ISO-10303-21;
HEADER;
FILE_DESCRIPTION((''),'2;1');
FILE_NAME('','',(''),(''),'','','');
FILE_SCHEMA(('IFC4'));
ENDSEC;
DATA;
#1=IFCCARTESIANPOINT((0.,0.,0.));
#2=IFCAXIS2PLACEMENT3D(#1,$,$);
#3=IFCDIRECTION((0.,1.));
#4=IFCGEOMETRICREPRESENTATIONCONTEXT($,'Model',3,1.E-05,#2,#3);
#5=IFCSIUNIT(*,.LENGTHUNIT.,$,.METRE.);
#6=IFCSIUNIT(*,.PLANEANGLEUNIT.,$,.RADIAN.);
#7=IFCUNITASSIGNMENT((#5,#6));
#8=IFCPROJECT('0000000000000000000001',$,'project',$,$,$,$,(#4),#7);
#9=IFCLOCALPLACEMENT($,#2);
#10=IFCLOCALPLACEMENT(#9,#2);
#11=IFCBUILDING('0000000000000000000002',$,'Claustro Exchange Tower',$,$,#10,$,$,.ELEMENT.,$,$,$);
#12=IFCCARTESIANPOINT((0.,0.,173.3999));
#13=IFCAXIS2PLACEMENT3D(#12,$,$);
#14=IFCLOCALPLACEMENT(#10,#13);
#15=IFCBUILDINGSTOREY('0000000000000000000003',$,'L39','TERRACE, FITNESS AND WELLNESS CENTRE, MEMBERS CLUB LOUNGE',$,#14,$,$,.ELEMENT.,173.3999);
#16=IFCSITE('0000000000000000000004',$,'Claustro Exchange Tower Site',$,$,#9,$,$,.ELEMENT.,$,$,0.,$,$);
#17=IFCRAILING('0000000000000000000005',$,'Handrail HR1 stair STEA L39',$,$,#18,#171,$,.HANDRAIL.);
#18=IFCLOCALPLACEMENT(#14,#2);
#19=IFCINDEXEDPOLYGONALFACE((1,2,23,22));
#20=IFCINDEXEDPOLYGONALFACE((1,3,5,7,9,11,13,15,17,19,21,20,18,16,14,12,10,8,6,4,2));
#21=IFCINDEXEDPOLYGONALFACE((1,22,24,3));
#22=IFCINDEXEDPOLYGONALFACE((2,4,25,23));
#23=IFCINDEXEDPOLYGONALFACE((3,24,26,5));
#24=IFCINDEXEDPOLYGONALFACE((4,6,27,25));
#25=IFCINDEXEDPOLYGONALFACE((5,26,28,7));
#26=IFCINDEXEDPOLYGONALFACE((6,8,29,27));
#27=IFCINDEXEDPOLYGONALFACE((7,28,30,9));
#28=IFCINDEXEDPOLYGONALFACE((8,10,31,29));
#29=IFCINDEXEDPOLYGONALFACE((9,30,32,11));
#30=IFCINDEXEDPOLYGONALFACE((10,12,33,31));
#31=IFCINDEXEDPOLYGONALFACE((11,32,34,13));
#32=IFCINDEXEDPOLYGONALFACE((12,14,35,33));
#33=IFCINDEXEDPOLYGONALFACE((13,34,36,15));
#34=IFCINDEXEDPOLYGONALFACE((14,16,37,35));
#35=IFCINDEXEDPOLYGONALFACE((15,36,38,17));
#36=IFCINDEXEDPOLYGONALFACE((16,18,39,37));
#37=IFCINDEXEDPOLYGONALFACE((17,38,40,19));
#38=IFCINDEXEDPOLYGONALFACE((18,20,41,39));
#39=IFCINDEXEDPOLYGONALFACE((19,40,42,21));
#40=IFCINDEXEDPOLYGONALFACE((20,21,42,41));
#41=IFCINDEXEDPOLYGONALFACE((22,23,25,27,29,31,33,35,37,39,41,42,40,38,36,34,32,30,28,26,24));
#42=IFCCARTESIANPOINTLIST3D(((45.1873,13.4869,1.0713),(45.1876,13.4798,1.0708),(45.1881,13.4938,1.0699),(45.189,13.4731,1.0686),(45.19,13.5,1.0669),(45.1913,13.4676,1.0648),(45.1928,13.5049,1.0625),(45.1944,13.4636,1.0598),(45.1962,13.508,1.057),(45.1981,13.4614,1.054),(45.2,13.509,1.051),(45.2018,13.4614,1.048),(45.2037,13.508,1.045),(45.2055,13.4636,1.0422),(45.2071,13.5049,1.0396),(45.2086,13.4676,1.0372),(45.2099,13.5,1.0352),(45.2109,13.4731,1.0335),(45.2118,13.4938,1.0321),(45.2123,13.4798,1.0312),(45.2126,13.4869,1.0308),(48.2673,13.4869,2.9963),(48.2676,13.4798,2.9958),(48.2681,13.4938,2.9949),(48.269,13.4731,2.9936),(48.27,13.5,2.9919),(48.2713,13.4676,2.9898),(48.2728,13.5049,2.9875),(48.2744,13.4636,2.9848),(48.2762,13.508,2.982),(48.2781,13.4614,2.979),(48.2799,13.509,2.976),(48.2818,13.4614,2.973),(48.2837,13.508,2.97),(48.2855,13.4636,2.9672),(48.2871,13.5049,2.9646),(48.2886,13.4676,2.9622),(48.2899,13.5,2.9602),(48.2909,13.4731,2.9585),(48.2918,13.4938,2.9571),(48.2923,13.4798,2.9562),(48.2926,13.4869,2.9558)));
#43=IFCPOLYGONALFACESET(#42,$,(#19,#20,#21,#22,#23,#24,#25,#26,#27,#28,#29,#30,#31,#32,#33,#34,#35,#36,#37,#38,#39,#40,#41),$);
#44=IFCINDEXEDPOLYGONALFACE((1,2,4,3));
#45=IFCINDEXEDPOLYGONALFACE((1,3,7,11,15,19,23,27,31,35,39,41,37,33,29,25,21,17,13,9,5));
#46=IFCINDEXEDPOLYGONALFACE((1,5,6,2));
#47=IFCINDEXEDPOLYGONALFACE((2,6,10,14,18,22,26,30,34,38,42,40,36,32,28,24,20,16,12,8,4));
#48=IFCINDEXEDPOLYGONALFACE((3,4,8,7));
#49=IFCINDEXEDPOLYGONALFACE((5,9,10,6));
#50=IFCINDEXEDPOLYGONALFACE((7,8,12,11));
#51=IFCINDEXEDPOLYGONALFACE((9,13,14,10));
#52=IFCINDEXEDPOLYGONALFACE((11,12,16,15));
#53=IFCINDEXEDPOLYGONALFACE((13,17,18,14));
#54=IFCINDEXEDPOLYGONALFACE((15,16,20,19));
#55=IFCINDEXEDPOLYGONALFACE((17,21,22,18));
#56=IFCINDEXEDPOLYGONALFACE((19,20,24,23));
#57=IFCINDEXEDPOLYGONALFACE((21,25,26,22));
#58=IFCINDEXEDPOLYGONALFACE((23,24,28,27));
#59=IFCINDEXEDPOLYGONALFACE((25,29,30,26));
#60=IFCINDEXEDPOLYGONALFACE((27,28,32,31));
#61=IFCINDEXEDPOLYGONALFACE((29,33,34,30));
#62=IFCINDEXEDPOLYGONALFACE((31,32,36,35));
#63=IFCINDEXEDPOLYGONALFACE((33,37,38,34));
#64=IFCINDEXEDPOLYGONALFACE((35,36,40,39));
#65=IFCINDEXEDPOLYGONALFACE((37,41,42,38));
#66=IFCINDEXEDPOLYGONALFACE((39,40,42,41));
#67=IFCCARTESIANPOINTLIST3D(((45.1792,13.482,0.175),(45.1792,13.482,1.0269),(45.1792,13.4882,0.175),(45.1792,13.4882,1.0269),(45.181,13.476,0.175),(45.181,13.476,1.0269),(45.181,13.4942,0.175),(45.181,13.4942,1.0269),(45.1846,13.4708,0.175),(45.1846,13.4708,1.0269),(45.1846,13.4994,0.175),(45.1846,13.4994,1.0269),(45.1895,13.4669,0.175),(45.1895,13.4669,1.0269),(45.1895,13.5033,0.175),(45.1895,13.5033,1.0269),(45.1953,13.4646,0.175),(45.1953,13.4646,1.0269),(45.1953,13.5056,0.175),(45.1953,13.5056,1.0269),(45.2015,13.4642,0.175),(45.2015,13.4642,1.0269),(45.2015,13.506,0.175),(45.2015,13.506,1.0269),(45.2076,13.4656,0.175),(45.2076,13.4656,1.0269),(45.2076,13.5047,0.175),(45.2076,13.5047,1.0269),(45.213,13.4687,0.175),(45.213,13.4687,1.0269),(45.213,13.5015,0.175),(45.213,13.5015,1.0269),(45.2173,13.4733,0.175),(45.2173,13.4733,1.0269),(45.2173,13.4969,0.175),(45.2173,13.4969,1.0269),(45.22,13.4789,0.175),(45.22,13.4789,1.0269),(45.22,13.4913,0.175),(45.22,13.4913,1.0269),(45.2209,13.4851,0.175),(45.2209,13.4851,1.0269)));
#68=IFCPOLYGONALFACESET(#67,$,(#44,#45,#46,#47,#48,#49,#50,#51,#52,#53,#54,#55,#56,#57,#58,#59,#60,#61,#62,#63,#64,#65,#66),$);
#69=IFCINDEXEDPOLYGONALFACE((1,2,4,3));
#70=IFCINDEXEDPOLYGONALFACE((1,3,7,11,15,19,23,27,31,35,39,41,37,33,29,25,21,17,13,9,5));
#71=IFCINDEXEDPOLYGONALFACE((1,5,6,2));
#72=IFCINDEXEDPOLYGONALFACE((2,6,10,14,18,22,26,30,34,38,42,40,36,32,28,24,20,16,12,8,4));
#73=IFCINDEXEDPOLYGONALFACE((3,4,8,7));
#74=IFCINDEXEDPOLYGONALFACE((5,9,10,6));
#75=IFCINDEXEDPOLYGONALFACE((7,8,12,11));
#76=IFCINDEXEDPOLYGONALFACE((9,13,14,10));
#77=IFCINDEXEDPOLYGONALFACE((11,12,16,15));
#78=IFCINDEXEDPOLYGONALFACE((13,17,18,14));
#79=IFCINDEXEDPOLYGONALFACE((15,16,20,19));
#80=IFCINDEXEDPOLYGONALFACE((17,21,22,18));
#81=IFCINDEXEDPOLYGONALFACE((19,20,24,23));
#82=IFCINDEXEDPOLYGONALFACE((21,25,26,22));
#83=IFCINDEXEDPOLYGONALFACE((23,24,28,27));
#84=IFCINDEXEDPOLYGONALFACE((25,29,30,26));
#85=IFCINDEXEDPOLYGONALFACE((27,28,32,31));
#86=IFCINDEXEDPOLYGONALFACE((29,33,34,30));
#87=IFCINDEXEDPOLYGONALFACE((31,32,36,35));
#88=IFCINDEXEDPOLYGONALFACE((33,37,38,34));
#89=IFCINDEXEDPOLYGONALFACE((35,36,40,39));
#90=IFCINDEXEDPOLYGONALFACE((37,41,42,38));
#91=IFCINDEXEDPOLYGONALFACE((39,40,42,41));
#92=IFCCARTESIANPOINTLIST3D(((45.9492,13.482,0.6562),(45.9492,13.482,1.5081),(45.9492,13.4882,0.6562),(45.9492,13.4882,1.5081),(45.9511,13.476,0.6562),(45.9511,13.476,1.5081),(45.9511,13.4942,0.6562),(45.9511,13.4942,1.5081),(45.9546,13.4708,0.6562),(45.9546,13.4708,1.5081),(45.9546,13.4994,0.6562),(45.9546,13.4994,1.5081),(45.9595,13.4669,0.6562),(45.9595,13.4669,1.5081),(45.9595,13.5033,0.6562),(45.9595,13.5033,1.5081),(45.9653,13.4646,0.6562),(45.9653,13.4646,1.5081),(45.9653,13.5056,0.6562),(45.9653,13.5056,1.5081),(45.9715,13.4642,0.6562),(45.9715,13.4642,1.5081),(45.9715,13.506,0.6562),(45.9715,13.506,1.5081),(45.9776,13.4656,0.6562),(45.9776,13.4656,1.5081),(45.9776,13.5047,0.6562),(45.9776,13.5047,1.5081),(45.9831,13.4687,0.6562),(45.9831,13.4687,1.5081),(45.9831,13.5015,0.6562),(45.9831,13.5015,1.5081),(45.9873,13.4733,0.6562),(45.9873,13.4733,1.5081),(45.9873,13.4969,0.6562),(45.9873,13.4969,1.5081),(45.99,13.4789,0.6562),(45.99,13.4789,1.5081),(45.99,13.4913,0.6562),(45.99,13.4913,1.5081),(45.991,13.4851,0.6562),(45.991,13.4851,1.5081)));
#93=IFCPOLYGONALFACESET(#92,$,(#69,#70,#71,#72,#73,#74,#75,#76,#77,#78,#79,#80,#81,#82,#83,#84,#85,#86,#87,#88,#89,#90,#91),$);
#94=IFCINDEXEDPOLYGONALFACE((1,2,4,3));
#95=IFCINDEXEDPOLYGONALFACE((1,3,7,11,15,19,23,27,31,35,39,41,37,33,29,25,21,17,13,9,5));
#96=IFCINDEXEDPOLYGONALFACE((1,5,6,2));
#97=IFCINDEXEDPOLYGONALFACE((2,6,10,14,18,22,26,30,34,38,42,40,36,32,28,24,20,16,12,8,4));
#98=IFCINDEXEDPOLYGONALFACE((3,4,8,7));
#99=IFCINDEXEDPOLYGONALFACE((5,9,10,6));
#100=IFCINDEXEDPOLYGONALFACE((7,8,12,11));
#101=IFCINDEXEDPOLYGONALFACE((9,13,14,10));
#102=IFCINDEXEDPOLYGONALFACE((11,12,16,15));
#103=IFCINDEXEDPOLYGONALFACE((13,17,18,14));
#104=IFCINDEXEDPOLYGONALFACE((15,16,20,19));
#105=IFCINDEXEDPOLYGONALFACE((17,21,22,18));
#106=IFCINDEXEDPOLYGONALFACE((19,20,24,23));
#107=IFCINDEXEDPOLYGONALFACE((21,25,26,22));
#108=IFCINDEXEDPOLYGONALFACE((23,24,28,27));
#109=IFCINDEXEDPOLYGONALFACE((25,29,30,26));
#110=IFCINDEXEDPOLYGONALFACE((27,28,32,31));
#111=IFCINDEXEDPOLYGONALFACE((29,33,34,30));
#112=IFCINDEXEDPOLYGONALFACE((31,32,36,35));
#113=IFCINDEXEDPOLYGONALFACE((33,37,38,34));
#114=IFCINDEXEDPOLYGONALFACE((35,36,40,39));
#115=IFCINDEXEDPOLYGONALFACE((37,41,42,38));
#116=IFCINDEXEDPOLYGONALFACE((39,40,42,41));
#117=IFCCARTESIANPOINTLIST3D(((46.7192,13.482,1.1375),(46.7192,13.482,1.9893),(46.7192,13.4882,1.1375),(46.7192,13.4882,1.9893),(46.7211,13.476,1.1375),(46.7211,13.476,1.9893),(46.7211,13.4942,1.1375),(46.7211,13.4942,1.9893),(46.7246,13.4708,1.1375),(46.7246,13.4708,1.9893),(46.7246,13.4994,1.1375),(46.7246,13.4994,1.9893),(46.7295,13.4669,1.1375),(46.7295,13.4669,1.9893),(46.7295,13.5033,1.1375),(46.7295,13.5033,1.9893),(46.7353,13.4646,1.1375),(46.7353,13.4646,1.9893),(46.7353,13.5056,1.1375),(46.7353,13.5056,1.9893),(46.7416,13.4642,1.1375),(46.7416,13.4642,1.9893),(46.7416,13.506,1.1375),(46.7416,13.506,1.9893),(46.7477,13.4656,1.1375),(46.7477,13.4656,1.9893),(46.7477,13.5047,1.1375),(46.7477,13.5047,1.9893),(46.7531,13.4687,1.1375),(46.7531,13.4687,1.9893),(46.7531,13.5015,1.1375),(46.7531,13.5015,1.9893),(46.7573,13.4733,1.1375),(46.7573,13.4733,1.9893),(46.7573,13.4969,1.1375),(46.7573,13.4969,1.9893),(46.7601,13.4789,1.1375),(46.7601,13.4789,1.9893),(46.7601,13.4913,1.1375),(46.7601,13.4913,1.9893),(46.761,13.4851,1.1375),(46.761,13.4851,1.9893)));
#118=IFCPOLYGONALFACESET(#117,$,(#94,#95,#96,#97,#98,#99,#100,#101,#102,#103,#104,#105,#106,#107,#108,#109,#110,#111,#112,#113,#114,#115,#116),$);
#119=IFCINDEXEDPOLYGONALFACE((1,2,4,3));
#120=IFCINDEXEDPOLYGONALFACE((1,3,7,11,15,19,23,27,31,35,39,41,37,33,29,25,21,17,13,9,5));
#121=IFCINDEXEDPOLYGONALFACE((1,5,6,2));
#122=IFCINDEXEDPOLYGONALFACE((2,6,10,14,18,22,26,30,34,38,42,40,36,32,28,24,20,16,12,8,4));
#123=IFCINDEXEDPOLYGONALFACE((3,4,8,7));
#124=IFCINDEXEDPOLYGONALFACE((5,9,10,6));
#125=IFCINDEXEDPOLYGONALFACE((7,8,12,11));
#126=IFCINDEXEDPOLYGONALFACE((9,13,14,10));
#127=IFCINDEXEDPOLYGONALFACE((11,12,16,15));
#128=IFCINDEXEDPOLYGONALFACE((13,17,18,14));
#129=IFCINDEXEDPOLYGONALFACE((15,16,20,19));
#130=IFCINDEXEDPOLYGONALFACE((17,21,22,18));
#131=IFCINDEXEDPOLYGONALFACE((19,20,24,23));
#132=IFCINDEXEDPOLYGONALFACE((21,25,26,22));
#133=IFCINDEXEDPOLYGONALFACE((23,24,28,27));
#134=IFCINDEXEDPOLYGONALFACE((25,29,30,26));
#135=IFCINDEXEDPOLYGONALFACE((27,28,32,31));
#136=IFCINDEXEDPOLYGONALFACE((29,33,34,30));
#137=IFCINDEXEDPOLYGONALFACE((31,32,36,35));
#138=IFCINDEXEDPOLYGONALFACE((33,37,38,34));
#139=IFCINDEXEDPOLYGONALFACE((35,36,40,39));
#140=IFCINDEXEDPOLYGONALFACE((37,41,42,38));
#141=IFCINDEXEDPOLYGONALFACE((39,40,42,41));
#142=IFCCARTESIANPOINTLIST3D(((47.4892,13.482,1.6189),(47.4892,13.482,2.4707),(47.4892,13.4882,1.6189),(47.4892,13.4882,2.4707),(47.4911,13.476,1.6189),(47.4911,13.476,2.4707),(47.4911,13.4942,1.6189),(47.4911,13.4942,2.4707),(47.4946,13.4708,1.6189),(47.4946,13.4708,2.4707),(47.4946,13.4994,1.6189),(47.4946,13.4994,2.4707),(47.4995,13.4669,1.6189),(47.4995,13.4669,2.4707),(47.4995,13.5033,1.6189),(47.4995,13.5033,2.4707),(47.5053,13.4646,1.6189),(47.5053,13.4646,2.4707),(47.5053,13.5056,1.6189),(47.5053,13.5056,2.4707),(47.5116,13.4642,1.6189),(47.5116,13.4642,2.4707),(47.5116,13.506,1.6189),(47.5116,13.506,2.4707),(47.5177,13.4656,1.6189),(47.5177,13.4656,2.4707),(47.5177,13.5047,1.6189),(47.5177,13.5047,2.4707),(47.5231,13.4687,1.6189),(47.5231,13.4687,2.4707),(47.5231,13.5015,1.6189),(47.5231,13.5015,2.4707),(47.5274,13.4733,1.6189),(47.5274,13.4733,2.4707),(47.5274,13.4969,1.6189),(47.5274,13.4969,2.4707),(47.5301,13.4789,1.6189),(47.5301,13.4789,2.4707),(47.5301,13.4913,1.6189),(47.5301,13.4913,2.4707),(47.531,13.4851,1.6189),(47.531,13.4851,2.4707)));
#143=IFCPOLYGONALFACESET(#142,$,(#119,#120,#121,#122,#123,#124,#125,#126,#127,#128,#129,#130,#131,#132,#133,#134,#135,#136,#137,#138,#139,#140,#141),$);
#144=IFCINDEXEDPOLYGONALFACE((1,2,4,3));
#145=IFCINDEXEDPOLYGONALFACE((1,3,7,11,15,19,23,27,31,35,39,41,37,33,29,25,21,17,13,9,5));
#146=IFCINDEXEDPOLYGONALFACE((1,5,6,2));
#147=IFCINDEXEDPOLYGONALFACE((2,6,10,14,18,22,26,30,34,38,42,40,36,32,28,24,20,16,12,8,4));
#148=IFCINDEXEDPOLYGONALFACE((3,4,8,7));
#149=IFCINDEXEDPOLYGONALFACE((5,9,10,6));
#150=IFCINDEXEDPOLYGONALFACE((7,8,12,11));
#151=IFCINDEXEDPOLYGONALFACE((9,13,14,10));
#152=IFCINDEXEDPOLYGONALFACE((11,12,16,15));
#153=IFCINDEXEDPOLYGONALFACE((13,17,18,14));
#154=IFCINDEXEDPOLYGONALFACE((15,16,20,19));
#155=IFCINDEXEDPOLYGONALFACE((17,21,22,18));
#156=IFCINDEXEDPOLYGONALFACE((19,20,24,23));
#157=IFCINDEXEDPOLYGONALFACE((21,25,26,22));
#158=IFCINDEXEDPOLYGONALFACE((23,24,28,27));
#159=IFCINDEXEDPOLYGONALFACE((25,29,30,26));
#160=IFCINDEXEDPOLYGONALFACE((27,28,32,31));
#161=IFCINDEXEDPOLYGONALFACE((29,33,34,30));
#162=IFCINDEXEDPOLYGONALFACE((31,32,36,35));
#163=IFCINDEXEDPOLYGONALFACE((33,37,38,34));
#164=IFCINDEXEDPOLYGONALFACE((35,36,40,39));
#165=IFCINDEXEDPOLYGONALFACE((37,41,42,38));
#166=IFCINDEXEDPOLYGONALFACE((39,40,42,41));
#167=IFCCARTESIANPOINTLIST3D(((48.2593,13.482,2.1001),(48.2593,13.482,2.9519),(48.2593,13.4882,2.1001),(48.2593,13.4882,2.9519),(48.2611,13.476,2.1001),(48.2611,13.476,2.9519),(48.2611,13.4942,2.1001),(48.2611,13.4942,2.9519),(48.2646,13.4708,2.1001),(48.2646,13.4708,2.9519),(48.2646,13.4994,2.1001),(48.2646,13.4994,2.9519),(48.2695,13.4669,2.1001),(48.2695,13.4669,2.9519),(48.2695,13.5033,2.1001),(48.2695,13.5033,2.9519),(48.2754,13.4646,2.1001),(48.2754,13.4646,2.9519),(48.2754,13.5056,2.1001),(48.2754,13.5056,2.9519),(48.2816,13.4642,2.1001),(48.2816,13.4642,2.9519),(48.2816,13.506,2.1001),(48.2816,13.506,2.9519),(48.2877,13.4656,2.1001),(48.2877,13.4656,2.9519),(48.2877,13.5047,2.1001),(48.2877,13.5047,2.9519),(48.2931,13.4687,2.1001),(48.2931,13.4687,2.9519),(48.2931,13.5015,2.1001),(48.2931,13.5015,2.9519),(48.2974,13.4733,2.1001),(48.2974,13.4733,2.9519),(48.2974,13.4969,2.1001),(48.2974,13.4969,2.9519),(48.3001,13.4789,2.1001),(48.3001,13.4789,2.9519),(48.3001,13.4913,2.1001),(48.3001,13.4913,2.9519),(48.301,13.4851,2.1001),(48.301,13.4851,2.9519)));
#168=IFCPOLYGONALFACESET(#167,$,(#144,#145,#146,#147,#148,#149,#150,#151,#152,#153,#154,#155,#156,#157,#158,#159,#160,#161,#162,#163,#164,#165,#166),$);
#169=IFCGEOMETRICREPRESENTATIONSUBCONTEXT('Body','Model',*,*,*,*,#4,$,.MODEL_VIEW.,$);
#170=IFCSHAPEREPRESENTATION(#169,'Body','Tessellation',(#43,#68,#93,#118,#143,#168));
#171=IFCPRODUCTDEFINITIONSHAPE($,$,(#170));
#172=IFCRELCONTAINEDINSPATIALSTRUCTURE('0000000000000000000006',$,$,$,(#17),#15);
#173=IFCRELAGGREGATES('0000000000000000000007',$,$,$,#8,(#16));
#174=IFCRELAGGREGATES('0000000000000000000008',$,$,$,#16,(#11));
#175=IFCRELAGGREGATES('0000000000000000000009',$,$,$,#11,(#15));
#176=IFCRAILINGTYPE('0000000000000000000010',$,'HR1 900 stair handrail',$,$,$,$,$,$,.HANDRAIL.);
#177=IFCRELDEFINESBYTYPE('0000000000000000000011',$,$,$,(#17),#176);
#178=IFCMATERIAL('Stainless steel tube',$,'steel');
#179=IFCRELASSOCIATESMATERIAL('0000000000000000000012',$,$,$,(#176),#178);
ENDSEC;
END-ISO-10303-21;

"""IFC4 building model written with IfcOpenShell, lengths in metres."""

from ifc_helpers import new_model, si_unit, direction, frame, origin, origin_2d, place, context, subcontext, project, spatial, circle, extrude, material, type_object, element, save


model = new_model("IFC4")

# Units and contexts
model_context = context("Model", 3, precision=1e-05, world=origin(), true_north=direction((0.0, 1.0)))
body_context = subcontext(model_context, "Body", "Model", "MODEL_VIEW")
ifc_project = project(units=[si_unit("LENGTHUNIT", "METRE"), si_unit("PLANEANGLEUNIT", "RADIAN")], contexts=[model_context])

# Site, building, storey
site_placement = place(None, origin())
site = spatial("IfcSite", under=ifc_project, at=site_placement, Name="Claustro Exchange Tower Site", CompositionType="ELEMENT", RefElevation=0.0)
building_placement = place(site_placement, origin())
building = spatial("IfcBuilding", under=site, at=building_placement, Name="Claustro Exchange Tower", CompositionType="ELEMENT")
storey_placement = place(building_placement, frame((0.0, 0.0, 173.3999)))
storey = spatial("IfcBuildingStorey", under=building, at=storey_placement, Name="L39", Description="TERRACE, FITNESS AND WELLNESS CENTRE, MEMBERS CLUB LOUNGE", CompositionType="ELEMENT", Elevation=173.3999)

# Railing
ifc_material_1 = material(Name="Stainless steel tube", Category="steel")
railing_type_1 = type_object("IfcRailingType", Name="HR1 900 stair handrail", PredefinedType="HANDRAIL", material=ifc_material_1)
railing_1_placement = place(storey_placement, frame((45.2, 13.4851, 0.175)))
element("IfcRailing", 1, at=railing_1_placement, inside=storey, type_object=railing_type_1, Name="Handrail HR1 stair STEA L39", PredefinedType="HANDRAIL", context=body_context, shape_type="SweptSolid", body=[
    extrude(circle(Radius=0.0239, at=origin_2d()), frame((0.0, 0.0, 0.876), z_axis=(0.847998, 0.0, 0.529999), x_axis=(0.0, 1.0, 0.0)), (0.0, 0.0, 1.0), 3.6321),
    extrude(circle(Radius=0.021, at=origin_2d()), origin(), (0.0, 0.0, 1.0), 0.8518),
    extrude(circle(Radius=0.021, at=origin_2d()), frame((0.77, 0.0, 0.4812)), (0.0, 0.0, 1.0), 0.8518),
    extrude(circle(Radius=0.021, at=origin_2d()), frame((1.54, 0.0, 0.9624)), (0.0, 0.0, 1.0), 0.8518),
    extrude(circle(Radius=0.021, at=origin_2d()), frame((2.3101, 0.0, 1.4438)), (0.0, 0.0, 1.0), 0.8518),
    extrude(circle(Radius=0.021, at=origin_2d()), frame((3.0801, 0.0, 1.925)), (0.0, 0.0, 1.0), 0.8518),
])

save(model, "model.ifc")
